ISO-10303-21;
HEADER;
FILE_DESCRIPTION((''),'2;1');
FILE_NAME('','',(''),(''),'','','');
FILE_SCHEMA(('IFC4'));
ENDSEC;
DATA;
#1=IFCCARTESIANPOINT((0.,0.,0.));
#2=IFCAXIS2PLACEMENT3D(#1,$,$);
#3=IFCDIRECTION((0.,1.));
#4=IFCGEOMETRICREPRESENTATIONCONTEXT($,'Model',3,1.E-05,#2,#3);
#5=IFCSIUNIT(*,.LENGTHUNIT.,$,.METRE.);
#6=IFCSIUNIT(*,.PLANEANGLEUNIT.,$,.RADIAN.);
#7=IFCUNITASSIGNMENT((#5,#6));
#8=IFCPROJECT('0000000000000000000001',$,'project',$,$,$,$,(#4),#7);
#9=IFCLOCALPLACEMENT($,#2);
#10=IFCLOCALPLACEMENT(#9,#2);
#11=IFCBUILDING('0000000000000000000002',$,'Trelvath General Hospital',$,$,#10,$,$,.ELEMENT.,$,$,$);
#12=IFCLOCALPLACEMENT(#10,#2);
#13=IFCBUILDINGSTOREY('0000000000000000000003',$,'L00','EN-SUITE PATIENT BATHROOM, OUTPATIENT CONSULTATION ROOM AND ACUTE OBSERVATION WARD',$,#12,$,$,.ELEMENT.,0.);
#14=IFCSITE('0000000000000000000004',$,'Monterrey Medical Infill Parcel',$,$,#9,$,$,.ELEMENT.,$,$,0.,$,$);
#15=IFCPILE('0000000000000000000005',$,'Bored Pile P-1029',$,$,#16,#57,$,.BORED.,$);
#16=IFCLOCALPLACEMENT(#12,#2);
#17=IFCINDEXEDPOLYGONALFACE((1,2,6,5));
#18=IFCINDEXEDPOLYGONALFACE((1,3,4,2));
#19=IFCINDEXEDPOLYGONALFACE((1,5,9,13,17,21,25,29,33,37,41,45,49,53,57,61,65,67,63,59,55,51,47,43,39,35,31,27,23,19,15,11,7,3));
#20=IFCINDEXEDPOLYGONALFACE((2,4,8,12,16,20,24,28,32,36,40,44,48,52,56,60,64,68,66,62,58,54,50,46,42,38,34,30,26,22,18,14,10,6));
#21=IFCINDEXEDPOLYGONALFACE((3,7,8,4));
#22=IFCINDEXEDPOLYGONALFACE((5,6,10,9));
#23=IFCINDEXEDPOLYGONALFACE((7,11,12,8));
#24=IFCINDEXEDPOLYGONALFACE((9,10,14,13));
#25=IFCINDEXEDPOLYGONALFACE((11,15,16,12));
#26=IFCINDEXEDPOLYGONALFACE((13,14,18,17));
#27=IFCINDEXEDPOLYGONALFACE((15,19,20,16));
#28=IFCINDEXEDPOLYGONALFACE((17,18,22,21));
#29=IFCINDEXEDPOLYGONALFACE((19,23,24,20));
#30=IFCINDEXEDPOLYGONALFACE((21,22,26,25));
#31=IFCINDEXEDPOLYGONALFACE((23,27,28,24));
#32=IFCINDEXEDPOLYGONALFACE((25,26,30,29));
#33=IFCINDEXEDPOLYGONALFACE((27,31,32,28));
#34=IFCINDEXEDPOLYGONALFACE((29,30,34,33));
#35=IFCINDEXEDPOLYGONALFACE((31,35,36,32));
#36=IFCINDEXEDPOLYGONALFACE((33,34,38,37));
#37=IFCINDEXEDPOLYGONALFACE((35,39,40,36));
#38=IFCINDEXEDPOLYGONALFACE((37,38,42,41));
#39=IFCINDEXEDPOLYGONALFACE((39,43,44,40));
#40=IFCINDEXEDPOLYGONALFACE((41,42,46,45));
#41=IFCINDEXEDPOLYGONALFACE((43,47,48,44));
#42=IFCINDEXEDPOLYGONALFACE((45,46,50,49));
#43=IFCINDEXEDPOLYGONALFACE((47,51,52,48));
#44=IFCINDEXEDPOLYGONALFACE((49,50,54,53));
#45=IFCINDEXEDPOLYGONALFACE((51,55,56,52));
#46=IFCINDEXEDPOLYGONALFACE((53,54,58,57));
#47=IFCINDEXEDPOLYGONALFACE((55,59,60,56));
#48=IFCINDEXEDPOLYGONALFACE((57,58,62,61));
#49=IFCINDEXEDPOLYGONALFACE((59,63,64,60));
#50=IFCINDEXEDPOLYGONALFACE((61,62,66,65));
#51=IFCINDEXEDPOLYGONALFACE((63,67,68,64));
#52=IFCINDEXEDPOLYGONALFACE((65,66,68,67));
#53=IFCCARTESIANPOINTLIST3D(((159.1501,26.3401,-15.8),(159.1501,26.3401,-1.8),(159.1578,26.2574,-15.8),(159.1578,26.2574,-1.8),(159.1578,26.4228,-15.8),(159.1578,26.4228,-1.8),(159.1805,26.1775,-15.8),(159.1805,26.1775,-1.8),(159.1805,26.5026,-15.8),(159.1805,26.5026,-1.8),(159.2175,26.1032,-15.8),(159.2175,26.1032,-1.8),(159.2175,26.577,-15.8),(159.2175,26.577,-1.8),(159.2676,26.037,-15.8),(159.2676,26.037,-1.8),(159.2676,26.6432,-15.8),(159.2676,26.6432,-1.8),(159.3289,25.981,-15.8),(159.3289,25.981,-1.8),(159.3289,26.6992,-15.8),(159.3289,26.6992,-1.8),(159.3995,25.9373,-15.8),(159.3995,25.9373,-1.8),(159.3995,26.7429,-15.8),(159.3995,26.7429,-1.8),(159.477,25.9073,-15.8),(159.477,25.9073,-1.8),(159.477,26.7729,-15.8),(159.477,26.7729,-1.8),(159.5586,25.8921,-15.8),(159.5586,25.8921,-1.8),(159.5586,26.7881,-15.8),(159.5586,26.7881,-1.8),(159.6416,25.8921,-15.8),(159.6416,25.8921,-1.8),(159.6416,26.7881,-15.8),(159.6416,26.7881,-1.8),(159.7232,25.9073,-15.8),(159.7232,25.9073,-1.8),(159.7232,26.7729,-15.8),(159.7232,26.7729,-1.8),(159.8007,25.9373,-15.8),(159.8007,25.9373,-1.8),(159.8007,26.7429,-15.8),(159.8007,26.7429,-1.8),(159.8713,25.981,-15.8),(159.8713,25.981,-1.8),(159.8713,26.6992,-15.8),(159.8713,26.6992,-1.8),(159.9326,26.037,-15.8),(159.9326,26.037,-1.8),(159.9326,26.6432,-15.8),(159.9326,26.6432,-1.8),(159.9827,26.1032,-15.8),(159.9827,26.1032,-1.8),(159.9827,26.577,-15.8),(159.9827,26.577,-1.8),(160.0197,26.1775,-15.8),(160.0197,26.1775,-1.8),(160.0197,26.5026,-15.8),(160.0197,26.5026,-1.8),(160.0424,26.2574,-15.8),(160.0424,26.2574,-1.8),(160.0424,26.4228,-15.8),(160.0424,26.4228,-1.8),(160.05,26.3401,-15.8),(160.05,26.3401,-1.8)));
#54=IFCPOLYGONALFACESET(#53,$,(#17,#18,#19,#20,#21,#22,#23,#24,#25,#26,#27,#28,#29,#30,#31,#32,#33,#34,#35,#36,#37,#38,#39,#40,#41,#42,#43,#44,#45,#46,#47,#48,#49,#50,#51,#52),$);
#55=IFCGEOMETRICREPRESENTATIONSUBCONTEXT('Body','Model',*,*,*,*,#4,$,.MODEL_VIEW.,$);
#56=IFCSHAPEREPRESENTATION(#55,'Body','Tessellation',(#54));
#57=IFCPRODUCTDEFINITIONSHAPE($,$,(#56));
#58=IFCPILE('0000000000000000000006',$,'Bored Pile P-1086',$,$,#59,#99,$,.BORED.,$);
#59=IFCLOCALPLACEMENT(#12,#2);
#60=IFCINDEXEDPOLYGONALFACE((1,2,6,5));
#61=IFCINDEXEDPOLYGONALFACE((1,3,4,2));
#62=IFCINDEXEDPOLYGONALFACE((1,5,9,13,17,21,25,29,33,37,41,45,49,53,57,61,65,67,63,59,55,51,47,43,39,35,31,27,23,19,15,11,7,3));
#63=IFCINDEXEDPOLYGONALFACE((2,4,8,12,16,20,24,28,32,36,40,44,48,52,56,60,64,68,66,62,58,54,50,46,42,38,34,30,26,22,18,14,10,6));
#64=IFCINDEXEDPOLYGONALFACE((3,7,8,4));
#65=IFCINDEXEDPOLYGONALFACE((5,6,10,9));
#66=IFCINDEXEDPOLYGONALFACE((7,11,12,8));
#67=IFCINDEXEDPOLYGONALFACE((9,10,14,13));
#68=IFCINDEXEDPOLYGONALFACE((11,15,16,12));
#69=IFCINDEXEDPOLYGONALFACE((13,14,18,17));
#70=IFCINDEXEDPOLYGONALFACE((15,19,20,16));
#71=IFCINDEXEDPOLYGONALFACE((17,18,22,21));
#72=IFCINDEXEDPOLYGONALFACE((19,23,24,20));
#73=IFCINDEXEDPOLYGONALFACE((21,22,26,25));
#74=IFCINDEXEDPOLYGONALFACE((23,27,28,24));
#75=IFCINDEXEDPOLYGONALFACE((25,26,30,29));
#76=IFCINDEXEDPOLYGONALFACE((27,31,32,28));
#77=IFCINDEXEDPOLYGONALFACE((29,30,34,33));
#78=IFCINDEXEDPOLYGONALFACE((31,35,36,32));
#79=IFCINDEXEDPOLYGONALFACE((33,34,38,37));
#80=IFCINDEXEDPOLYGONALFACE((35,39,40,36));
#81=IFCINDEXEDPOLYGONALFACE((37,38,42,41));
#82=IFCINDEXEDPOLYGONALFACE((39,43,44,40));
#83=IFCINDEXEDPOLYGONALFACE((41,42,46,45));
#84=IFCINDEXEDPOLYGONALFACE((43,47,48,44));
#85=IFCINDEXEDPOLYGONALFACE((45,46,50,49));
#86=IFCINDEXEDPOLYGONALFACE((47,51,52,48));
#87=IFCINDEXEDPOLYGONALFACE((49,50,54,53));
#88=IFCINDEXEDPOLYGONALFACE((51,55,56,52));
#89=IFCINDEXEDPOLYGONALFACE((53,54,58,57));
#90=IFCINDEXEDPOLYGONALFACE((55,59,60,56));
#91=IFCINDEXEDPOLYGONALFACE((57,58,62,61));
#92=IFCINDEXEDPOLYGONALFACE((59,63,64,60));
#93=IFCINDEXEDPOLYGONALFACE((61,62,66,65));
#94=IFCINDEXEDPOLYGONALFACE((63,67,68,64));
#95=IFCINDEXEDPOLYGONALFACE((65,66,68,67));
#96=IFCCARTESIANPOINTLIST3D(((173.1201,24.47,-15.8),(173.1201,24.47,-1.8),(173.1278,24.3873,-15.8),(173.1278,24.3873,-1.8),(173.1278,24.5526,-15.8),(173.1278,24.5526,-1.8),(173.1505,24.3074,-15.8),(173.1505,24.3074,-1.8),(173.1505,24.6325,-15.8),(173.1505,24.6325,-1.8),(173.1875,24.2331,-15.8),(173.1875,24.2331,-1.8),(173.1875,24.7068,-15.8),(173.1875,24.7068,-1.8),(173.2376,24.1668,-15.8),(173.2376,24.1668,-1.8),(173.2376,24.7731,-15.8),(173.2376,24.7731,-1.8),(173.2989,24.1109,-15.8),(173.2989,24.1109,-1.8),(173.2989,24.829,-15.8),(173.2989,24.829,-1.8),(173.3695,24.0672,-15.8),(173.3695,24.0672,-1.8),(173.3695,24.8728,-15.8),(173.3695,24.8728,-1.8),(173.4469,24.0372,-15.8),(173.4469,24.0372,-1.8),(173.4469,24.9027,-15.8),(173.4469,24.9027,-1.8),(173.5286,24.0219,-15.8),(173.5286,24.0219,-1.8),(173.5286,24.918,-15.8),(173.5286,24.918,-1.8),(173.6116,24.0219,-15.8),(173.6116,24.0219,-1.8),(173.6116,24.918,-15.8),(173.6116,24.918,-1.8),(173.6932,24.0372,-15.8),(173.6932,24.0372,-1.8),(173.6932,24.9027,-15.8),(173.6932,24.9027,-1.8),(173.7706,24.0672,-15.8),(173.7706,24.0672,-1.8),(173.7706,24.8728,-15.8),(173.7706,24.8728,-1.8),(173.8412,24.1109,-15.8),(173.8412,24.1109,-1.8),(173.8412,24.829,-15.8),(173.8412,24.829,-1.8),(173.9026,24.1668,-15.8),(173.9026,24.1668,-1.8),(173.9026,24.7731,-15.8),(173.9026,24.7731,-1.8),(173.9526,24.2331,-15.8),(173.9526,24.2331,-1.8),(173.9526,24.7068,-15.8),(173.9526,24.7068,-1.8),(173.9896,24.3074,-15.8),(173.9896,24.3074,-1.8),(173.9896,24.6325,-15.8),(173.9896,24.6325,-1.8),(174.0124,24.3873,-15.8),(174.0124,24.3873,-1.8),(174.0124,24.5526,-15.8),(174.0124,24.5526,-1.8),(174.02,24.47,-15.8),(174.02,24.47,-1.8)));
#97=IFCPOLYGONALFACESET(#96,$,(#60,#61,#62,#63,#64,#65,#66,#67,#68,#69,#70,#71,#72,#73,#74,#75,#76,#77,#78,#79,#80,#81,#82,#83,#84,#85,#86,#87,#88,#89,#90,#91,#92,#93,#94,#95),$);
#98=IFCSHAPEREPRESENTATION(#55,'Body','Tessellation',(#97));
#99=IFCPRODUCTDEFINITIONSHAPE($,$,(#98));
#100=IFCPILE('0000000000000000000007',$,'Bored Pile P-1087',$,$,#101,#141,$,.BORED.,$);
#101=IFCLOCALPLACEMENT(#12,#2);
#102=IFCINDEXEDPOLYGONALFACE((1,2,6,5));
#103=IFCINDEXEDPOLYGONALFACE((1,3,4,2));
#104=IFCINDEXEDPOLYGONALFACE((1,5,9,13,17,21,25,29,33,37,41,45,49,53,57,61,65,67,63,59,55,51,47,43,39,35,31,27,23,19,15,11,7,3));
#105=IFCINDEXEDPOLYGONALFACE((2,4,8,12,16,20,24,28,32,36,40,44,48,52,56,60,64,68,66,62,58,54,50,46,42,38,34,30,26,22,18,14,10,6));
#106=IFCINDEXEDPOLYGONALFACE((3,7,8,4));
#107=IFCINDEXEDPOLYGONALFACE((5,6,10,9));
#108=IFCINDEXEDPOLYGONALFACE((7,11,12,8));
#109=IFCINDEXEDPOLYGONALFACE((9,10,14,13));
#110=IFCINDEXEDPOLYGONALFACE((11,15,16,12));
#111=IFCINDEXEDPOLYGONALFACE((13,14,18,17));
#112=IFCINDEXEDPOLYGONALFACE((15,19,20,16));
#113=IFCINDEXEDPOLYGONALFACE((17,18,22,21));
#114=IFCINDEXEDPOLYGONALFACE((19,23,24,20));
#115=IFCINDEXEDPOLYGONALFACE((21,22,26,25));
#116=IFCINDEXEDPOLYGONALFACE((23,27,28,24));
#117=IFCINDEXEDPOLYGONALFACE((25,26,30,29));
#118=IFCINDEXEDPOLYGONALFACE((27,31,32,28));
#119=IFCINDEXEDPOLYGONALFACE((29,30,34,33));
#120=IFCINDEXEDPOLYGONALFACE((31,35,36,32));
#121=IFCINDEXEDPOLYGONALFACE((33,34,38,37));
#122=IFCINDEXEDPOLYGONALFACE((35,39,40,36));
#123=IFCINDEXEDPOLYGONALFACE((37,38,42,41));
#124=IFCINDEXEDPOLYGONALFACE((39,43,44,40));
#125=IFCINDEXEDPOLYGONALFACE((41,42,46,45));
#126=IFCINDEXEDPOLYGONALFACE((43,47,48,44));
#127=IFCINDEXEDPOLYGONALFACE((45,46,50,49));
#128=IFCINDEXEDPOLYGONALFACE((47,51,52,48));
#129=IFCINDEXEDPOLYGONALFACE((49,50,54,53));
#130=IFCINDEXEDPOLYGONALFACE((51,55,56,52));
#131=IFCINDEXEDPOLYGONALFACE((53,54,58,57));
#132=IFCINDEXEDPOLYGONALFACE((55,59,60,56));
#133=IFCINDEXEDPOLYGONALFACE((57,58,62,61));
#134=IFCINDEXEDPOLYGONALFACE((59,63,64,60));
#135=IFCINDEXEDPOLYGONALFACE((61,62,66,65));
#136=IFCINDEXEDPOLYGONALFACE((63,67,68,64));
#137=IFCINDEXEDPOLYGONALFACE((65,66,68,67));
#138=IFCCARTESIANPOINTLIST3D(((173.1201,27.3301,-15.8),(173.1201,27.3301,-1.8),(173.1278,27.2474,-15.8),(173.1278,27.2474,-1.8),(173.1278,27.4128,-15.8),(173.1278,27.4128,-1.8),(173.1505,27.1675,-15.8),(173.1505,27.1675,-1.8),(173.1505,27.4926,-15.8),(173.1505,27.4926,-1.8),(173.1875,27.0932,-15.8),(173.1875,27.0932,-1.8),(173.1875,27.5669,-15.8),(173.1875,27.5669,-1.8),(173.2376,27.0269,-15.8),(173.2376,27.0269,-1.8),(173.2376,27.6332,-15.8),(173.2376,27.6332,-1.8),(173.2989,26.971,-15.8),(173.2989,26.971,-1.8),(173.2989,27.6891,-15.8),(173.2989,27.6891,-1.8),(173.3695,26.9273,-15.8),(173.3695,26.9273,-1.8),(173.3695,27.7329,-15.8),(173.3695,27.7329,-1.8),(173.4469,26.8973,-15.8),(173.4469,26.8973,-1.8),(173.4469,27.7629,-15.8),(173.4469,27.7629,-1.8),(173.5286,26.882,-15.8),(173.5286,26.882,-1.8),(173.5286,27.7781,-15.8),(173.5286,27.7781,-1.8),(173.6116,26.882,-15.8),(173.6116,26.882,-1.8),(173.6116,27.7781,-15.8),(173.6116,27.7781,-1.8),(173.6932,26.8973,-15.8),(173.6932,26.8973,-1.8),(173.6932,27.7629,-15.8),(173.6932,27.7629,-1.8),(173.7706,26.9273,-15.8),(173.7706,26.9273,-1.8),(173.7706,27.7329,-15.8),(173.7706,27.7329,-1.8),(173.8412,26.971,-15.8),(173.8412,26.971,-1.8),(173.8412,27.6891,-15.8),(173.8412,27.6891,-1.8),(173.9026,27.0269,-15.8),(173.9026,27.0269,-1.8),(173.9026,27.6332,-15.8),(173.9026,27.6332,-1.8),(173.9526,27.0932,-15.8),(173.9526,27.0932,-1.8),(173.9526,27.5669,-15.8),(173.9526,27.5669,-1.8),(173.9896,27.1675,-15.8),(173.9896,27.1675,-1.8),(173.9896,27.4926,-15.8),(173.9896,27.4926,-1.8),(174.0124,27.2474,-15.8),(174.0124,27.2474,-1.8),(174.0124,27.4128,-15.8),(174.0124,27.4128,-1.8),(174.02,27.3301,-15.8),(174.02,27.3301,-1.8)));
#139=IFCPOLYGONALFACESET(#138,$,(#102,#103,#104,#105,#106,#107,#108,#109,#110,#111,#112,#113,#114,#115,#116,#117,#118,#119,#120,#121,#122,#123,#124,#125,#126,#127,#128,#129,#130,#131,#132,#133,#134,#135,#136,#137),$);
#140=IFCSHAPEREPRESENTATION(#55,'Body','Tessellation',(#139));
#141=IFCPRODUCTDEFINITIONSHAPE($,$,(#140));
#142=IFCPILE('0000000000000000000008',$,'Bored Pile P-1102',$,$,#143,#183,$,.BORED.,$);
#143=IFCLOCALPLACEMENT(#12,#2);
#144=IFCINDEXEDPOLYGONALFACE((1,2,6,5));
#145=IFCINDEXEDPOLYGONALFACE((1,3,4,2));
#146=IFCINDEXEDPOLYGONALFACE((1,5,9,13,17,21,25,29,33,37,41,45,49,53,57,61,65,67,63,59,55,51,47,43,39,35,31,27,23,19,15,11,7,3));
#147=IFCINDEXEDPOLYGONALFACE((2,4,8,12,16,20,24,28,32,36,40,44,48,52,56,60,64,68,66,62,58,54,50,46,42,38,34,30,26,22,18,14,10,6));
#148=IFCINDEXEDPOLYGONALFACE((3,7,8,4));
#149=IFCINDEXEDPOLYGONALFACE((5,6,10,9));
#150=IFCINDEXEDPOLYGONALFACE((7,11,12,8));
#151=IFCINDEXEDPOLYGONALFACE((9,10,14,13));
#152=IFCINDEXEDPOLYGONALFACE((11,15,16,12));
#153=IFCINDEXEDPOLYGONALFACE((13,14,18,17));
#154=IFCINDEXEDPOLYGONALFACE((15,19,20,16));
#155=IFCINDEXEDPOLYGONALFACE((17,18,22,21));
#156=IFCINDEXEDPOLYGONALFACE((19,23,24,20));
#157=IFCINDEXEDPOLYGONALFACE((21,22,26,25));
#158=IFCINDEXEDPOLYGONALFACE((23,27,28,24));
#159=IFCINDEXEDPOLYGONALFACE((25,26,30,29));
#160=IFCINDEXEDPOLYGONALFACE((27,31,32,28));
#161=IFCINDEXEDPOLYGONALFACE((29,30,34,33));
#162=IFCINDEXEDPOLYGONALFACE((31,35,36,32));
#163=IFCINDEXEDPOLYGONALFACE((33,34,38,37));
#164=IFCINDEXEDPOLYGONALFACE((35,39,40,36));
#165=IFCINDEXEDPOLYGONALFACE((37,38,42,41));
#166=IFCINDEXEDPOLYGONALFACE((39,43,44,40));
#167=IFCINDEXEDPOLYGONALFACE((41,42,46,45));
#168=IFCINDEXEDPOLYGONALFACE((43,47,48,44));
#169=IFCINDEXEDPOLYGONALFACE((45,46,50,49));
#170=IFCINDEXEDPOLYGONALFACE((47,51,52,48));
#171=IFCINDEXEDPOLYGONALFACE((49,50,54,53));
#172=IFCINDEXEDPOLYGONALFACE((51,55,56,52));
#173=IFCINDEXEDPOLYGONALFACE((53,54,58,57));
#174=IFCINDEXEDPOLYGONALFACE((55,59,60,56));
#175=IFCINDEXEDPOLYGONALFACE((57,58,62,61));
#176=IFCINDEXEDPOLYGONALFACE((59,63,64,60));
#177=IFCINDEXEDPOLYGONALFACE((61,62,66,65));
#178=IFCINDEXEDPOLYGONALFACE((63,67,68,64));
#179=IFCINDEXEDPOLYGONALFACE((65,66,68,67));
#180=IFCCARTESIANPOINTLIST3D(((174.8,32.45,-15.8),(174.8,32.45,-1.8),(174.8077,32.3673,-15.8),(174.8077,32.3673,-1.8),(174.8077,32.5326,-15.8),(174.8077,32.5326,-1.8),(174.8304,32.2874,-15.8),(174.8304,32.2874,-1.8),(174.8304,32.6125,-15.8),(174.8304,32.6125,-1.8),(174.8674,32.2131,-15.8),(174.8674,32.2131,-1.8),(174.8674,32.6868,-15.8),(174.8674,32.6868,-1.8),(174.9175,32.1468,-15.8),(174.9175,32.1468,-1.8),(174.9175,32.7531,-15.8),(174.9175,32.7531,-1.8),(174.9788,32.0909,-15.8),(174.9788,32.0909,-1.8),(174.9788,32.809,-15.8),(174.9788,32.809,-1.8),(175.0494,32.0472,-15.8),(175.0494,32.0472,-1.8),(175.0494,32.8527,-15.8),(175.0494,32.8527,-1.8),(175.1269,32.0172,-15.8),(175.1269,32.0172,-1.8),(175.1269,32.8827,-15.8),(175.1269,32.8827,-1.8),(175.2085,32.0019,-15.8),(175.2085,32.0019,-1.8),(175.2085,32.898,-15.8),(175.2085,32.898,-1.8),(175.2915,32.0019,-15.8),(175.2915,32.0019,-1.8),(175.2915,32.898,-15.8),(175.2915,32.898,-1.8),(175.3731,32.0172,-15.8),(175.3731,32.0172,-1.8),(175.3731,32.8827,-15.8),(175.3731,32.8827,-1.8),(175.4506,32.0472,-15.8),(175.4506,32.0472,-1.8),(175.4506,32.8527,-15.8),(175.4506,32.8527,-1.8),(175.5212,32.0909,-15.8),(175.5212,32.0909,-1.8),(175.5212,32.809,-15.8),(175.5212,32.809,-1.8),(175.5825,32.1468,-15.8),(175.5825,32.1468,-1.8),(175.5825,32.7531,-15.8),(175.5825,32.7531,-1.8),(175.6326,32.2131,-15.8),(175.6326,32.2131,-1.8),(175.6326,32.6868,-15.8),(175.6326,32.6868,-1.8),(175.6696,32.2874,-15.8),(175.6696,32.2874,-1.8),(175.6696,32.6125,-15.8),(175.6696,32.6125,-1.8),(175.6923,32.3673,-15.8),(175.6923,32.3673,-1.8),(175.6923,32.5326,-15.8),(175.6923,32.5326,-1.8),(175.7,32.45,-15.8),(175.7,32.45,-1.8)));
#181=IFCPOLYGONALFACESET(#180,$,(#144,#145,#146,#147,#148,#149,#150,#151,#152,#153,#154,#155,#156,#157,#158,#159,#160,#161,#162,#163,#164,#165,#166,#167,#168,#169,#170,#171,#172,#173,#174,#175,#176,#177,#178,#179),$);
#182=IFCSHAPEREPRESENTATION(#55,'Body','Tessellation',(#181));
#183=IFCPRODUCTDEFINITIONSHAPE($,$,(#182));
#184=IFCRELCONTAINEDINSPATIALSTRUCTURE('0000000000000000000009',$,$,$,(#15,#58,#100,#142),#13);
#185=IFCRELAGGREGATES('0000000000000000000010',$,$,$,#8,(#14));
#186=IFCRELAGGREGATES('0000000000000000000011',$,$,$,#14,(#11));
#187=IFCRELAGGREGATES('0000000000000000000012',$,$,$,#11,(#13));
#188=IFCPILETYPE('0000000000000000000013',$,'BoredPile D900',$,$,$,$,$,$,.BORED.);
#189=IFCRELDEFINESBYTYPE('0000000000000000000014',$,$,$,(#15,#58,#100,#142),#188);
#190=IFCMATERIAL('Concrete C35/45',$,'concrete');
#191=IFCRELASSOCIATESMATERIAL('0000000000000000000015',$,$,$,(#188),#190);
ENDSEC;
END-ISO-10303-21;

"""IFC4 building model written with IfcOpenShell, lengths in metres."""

from ifc_helpers import new_model, si_unit, direction, frame, origin, origin_2d, place, context, subcontext, project, spatial, circle, extrude, material, material_profile, profile_set, type_object, element, save


model = new_model("IFC4")

# Units and contexts
model_context = context("Model", 3, precision=1e-05, world=origin(), true_north=direction((0.0, 1.0)))
body_context = subcontext(model_context, "Body", "Model", "MODEL_VIEW")
ifc_project = project(units=[si_unit("LENGTHUNIT", "METRE"), si_unit("PLANEANGLEUNIT", "RADIAN")], contexts=[model_context])

# Site, building, storey
site_placement = place(None, origin())
site = spatial("IfcSite", under=ifc_project, at=site_placement, Name="Monterrey Medical Infill Parcel", CompositionType="ELEMENT", RefElevation=0.0)
building_placement = place(site_placement, origin())
building = spatial("IfcBuilding", under=site, at=building_placement, Name="Trelvath General Hospital", CompositionType="ELEMENT")
storey_placement = place(building_placement, origin())
storey = spatial("IfcBuildingStorey", under=building, at=storey_placement, Name="L00", Description="EN-SUITE PATIENT BATHROOM, OUTPATIENT CONSULTATION ROOM AND ACUTE OBSERVATION WARD", CompositionType="ELEMENT", Elevation=0.0)

# Piles
ifc_material_1 = material(Name="Concrete C35/45", Category="concrete")
ifc_material_profile_1 = material_profile(ifc_material_1, circle(Radius=0.45, at=origin_2d()), Name="PILE900")
ifc_profile_set_1 = profile_set([ifc_material_profile_1], Name="Concrete C35/45")
pile_type_1 = type_object("IfcPileType", Name="BoredPile D900", PredefinedType="BORED", material=ifc_profile_set_1)
for number, where, z_axis, x_axis, name in (
    (1, (159.6001, 26.3401, -1.8), (0.0, 0.0, -1.0), (1.0, 0.0, 0.0), "Bored Pile P-1029"),
    (2, (173.5701, 24.47, -1.8), (0.0, 0.0, -1.0), (1.0, 0.0, 0.0), "Bored Pile P-1086"),
    (3, (173.5701, 27.3301, -1.8), (0.0, 0.0, -1.0), (1.0, 0.0, 0.0), "Bored Pile P-1087"),
    (4, (175.25, 32.45, -1.8), (0.0, 0.0, -1.0), (1.0, 0.0, 0.0), "Bored Pile P-1102"),
):
    element("IfcPile", number, at=place(storey_placement, frame(where, z_axis=z_axis, x_axis=x_axis)), inside=storey, type_object=pile_type_1, Name=name, PredefinedType="BORED", context=body_context, shape_type="SweptSolid", body=[
        extrude(circle(Radius=0.45, at=origin_2d()), origin(), (0.0, 0.0, 1.0), 14.0),
    ])

save(model, "model.ifc")
